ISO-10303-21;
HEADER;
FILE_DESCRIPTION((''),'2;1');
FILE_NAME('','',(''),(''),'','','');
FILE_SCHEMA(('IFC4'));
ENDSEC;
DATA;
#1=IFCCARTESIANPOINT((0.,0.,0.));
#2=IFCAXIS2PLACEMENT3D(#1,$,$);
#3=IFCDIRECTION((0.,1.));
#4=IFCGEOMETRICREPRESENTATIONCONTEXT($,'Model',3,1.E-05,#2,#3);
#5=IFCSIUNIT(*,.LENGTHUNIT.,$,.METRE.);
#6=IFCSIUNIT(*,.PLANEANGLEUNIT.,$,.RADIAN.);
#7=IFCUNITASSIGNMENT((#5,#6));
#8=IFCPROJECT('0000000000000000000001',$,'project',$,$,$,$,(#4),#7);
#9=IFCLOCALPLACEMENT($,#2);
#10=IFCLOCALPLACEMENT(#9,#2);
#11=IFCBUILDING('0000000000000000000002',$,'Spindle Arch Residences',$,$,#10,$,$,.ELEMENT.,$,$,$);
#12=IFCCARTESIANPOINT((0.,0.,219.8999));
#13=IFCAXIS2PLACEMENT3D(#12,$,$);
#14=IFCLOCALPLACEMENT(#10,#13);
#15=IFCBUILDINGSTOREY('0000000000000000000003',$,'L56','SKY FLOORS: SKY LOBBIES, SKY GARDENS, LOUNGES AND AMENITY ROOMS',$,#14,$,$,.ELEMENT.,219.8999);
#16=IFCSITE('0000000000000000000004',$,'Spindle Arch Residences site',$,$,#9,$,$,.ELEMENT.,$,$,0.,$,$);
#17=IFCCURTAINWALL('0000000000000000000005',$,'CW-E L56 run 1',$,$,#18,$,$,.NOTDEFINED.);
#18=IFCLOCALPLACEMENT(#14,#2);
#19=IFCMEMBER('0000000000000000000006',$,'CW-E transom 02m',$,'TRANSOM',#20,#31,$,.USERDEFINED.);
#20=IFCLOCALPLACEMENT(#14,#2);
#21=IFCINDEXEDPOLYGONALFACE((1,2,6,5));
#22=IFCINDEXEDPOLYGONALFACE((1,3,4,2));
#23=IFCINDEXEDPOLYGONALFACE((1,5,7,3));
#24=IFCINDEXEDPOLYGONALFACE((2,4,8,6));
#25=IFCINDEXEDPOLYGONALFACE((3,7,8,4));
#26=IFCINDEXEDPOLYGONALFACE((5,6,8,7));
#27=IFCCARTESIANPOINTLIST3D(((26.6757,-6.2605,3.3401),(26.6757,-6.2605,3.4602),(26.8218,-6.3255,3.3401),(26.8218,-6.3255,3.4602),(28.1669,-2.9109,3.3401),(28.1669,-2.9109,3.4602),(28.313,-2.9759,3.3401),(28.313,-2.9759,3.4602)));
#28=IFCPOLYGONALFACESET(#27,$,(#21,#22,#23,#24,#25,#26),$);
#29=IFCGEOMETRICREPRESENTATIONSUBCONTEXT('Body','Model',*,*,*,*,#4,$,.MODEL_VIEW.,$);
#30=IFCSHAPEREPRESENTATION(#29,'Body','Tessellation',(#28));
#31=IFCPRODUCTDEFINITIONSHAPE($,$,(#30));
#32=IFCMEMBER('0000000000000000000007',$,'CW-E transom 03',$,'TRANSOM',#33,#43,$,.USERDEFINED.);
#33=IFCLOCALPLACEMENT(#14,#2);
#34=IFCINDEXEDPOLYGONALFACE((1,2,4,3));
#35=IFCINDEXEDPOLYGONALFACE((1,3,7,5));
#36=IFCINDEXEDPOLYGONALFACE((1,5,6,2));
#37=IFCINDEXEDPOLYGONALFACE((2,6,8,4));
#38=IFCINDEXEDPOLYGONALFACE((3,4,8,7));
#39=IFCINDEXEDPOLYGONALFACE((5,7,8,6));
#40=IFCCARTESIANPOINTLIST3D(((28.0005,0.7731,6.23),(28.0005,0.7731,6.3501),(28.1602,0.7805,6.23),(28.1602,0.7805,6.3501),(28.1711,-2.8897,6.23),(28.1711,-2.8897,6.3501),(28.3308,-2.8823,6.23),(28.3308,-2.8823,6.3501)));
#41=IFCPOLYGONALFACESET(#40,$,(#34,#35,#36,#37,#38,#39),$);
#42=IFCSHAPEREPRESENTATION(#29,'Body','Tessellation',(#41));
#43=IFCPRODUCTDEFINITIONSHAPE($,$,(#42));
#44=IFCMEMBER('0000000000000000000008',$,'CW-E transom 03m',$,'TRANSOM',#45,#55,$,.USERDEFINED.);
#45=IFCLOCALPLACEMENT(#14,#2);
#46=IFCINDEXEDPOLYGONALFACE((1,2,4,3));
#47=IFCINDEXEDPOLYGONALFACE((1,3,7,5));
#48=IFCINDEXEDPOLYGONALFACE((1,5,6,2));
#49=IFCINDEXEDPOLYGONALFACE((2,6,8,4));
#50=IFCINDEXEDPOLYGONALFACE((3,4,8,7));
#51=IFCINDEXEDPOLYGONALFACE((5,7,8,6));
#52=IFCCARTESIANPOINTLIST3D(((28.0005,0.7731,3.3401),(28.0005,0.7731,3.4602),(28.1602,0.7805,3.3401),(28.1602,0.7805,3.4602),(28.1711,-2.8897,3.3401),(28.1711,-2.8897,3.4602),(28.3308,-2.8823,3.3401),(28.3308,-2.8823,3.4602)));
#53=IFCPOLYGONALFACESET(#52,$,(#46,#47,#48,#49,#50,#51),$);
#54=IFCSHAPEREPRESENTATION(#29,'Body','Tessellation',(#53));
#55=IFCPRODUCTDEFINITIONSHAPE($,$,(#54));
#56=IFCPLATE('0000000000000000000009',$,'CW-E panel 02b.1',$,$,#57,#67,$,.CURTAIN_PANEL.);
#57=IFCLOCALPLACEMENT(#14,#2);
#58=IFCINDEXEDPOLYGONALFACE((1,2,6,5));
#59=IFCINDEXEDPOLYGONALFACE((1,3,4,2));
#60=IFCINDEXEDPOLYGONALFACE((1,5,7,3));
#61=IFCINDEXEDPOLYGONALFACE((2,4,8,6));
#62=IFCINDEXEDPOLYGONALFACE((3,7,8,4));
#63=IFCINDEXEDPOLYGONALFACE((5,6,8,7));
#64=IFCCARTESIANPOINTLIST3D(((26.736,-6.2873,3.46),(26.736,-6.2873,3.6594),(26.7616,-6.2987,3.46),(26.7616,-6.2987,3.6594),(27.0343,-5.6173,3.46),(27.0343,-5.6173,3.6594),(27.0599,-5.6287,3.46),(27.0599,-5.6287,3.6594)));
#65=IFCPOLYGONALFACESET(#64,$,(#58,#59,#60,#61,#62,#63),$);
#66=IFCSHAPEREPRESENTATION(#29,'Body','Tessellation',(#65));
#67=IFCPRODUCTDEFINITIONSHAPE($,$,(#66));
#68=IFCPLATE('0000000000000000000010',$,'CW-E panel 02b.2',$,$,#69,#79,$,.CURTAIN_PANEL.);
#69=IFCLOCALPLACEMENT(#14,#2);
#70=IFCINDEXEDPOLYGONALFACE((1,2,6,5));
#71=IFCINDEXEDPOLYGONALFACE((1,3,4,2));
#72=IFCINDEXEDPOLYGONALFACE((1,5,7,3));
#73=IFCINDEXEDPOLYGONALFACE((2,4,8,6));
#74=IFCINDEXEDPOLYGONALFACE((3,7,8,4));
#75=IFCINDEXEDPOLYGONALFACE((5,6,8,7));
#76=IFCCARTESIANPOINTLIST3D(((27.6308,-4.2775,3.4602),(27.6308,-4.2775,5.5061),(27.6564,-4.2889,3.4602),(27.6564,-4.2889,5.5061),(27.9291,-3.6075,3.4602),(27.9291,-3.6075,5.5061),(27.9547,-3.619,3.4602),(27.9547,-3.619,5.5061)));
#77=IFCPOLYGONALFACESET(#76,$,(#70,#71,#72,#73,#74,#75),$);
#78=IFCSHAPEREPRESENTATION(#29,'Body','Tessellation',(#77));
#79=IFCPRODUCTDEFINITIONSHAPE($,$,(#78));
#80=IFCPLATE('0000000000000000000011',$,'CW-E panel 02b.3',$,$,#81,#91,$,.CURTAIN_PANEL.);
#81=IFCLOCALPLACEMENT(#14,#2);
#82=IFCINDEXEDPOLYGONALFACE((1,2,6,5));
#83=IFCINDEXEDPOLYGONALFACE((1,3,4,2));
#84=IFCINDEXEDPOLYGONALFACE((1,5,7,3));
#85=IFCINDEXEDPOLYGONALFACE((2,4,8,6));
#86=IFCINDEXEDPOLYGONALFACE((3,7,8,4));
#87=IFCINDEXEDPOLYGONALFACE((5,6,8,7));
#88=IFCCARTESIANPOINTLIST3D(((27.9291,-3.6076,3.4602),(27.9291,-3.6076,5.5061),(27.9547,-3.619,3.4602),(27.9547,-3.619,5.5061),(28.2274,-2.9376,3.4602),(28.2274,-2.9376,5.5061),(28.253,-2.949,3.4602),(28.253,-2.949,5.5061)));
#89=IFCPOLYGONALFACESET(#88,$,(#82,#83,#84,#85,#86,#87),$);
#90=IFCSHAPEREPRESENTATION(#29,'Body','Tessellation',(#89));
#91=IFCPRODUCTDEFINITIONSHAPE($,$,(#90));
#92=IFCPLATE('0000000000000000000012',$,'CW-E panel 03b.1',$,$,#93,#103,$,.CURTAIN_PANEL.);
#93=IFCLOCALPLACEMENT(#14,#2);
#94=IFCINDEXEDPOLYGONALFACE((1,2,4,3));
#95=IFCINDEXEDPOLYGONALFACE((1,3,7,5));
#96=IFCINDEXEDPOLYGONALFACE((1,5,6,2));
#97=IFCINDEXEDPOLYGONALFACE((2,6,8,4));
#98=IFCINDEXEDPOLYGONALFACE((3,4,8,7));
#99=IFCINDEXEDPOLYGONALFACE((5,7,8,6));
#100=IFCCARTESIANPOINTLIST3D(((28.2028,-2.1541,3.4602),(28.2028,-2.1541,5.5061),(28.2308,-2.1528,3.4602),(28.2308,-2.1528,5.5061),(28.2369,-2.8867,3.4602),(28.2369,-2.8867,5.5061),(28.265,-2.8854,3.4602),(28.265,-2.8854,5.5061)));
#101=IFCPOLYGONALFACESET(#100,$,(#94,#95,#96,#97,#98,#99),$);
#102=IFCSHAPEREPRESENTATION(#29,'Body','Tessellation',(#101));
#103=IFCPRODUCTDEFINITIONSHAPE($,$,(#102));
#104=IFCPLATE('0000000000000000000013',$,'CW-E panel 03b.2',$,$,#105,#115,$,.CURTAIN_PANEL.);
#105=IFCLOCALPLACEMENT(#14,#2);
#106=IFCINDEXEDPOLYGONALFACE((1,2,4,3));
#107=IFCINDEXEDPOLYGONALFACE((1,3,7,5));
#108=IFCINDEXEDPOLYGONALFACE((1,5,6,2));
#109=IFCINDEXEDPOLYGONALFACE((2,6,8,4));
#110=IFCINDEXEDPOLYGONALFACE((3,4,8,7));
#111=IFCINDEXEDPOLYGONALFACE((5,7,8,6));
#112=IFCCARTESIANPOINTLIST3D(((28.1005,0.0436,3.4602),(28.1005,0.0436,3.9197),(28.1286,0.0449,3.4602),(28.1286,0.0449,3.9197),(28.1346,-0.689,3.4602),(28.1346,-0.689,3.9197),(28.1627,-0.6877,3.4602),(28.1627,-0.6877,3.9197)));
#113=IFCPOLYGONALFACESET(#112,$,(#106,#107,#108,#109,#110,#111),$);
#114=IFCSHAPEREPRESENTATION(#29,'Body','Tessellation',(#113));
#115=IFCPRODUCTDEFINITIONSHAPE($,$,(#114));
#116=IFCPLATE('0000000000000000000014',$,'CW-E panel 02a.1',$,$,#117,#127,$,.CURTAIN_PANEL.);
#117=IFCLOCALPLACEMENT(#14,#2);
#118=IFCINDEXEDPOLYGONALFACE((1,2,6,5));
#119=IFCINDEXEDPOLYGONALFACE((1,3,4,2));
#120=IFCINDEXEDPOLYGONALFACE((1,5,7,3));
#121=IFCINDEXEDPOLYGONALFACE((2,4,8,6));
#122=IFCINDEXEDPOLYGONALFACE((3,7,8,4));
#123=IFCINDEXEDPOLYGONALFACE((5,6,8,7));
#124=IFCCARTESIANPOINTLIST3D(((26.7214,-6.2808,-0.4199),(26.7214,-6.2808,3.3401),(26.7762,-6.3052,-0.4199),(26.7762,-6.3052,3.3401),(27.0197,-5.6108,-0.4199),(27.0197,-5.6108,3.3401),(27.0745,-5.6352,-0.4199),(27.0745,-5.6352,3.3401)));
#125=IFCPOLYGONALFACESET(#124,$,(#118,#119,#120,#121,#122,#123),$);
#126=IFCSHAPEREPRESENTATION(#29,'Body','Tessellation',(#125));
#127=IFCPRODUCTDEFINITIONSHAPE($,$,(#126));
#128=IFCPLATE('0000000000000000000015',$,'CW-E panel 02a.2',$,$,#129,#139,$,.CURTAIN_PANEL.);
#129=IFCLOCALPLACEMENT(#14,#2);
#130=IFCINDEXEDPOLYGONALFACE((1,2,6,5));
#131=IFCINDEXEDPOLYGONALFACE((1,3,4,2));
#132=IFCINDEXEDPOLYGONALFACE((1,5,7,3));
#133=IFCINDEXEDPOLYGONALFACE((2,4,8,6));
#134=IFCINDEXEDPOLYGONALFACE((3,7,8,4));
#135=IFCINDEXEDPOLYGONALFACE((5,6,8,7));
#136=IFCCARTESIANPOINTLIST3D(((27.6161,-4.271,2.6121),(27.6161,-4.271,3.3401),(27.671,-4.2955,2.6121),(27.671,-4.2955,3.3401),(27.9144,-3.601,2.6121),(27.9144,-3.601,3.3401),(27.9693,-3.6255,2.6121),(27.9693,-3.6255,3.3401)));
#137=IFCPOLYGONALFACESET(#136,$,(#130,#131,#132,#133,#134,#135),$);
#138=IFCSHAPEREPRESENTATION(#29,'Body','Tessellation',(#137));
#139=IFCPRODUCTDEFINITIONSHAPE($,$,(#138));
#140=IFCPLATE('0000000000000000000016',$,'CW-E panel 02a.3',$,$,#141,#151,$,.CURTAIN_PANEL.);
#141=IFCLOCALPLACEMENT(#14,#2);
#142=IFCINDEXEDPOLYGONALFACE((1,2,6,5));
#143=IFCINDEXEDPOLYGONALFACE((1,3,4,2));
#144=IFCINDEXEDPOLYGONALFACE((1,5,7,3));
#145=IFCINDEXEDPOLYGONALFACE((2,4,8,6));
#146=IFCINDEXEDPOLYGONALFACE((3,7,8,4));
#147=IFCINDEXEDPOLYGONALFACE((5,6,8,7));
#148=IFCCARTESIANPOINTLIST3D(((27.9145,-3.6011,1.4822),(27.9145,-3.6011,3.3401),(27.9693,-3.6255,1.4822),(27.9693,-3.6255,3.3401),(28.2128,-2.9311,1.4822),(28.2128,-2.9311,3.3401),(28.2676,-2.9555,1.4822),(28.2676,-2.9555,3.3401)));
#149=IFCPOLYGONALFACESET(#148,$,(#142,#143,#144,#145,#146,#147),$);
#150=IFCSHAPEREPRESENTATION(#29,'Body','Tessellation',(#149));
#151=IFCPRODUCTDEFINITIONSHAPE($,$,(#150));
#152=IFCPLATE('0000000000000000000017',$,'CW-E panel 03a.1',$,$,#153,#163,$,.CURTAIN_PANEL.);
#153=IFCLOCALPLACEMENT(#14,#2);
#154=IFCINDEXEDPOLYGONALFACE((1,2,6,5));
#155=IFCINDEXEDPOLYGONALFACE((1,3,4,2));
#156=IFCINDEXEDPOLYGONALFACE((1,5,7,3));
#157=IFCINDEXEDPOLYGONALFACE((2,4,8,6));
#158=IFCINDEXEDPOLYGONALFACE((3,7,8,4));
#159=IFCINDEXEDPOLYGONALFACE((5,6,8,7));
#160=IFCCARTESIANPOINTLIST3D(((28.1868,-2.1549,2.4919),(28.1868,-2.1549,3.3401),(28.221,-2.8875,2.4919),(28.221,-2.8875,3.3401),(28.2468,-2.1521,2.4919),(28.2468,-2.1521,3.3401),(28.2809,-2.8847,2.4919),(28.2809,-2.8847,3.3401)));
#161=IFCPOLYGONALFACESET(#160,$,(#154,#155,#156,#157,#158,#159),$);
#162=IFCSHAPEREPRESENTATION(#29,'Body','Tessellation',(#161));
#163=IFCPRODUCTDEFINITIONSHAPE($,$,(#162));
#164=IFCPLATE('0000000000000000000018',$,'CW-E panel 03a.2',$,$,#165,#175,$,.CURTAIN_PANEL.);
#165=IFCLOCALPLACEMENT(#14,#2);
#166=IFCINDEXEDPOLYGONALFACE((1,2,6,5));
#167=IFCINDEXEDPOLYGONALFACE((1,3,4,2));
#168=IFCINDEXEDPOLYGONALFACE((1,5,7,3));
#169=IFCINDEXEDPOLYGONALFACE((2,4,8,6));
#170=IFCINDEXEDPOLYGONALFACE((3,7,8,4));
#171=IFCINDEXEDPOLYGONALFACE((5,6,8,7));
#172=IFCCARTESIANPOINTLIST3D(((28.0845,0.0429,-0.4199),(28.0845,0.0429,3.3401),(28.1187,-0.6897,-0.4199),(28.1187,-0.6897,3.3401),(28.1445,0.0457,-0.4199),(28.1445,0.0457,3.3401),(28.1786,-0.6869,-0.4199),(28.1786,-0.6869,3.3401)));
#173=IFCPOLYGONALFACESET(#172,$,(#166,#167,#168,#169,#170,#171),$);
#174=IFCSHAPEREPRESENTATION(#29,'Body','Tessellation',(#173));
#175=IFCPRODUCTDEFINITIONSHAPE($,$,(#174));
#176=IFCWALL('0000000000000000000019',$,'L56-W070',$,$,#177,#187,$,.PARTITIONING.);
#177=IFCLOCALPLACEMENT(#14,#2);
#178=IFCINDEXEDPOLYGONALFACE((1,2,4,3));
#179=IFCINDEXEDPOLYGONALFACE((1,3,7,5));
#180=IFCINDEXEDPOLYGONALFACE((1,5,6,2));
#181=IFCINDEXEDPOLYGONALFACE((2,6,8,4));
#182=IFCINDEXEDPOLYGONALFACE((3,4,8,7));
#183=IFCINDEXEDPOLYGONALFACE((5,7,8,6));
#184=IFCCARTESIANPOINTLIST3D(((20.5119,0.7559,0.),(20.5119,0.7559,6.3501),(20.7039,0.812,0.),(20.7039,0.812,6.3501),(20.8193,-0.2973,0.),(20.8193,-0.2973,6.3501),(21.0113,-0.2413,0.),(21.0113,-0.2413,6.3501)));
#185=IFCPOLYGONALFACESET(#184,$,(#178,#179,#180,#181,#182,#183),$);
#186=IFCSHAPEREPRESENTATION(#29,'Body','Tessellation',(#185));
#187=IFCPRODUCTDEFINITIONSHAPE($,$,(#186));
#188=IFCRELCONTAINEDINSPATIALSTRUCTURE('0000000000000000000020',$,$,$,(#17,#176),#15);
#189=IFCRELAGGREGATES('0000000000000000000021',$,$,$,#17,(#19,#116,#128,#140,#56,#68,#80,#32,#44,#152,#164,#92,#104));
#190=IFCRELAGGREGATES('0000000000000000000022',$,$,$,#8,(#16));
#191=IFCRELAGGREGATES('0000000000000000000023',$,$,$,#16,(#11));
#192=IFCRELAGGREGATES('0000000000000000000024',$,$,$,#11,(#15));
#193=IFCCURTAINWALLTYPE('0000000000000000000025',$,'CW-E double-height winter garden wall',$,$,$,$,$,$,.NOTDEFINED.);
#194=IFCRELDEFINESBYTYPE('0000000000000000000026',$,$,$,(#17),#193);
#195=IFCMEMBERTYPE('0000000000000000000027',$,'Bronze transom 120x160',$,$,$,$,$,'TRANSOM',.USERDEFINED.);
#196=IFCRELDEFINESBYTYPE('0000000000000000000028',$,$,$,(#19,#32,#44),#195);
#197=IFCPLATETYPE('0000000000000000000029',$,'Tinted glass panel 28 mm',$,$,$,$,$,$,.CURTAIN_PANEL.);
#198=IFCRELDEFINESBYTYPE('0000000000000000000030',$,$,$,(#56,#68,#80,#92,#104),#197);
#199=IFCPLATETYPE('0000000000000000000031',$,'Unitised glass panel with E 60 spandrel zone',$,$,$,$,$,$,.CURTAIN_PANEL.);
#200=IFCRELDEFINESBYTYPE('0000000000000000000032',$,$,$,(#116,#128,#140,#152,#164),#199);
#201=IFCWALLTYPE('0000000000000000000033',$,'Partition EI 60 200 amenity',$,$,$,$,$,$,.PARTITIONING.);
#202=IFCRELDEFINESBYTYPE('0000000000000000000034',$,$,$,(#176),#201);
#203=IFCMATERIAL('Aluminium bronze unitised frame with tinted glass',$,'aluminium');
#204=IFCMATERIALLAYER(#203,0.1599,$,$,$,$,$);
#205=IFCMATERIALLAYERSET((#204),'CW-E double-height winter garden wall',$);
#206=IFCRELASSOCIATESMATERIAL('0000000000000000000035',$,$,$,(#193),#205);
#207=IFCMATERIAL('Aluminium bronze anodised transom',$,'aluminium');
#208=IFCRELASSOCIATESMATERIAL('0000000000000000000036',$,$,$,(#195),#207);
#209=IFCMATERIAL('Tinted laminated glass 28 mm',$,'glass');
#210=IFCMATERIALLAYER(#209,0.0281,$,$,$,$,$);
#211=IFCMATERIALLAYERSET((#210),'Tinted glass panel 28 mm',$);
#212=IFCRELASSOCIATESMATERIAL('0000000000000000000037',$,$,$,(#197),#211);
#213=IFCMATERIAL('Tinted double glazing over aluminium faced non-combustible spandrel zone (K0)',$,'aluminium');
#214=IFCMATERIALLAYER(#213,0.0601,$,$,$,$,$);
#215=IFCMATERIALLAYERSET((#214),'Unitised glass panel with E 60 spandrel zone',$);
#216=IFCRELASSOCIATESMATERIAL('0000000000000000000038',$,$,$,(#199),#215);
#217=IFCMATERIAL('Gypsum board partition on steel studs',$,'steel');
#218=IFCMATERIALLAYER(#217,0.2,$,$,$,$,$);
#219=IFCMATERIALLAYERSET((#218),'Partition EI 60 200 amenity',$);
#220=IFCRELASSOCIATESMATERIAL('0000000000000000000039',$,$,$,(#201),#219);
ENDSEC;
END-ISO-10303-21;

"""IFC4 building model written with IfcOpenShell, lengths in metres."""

from ifc_helpers import new_model, si_unit, direction, frame, frame_2d, origin, origin_2d, place, context, subcontext, project, spatial, rectangle, extrude, material, layer, layer_set, material_profile, profile_set, type_object, element, aggregate, save


model = new_model("IFC4")

# Units and contexts
model_context = context("Model", 3, precision=1e-05, world=origin(), true_north=direction((0.0, 1.0)))
body_context = subcontext(model_context, "Body", "Model", "MODEL_VIEW")
ifc_project = project(units=[si_unit("LENGTHUNIT", "METRE"), si_unit("PLANEANGLEUNIT", "RADIAN")], contexts=[model_context])

# Site, building, storey
site_placement = place(None, origin())
site = spatial("IfcSite", under=ifc_project, at=site_placement, Name="Spindle Arch Residences site", CompositionType="ELEMENT", RefElevation=0.0)
building_placement = place(site_placement, origin())
building = spatial("IfcBuilding", under=site, at=building_placement, Name="Spindle Arch Residences", CompositionType="ELEMENT")
storey_placement = place(building_placement, frame((0.0, 0.0, 219.8999)))
storey = spatial("IfcBuildingStorey", under=building, at=storey_placement, Name="L56", Description="SKY FLOORS: SKY LOBBIES, SKY GARDENS, LOUNGES AND AMENITY ROOMS", CompositionType="ELEMENT", Elevation=219.8999)

# Curtain wall, members, plates
ifc_material_1 = material(Name="Aluminium bronze unitised frame with tinted glass", Category="aluminium")
ifc_layer_1 = layer(ifc_material_1, 0.1599)
ifc_layer_set_1 = layer_set([ifc_layer_1], Name="CW-E double-height winter garden wall")
curtain_wall_type = type_object("IfcCurtainWallType", Name="CW-E double-height winter garden wall", PredefinedType="NOTDEFINED", material=ifc_layer_set_1)
curtain_wall_placement = place(storey_placement, origin())
curtain_wall = element("IfcCurtainWall", 1, at=curtain_wall_placement, inside=storey, type_object=curtain_wall_type, Name="CW-E L56 run 1", PredefinedType="NOTDEFINED")
ifc_material_2 = material(Name="Aluminium bronze anodised transom", Category="aluminium")
ifc_material_profile_1 = material_profile(ifc_material_2, rectangle(XDim=0.1599, YDim=0.1201, at=origin_2d()), Name="TR 120x160")
ifc_profile_set_1 = profile_set([ifc_material_profile_1], Name="Aluminium bronze anodised transom")
member_type_1 = type_object("IfcMemberType", Name="Bronze transom 120x160", ElementType="TRANSOM", PredefinedType="USERDEFINED", material=ifc_profile_set_1)
member_1_placement = place(storey_placement, frame((26.7488, -6.293, 3.4001), z_axis=(0.406707, 0.913559, 0.0), x_axis=(-0.913559, 0.406707, 0.0)))
member_1 = element("IfcMember", 2, at=member_1_placement, type_object=member_type_1, Name="CW-E transom 02m", ObjectType="TRANSOM", PredefinedType="USERDEFINED", context=body_context, shape_type="SweptSolid", body=[
    extrude(rectangle(XDim=0.1599, YDim=0.1201, at=origin_2d()), origin(), (0.0, 0.0, 1.0), 3.6665),
])
member_2_placement = place(storey_placement, frame((28.251, -2.886, 6.29), z_axis=(-0.04654, 0.998916, 0.0), x_axis=(-0.998916, -0.04654, 0.0)))
member_2 = element("IfcMember", 3, at=member_2_placement, type_object=member_type_1, Name="CW-E transom 03", ObjectType="TRANSOM", PredefinedType="USERDEFINED", context=body_context, shape_type="SweptSolid", body=[
    extrude(rectangle(XDim=0.1599, YDim=0.1201, at=origin_2d()), origin(), (0.0, 0.0, 1.0), 3.6667),
])
member_3_placement = place(storey_placement, frame((28.251, -2.886, 3.4001), z_axis=(-0.04654, 0.998916, 0.0), x_axis=(-0.998916, -0.04654, 0.0)))
member_3 = element("IfcMember", 4, at=member_3_placement, type_object=member_type_1, Name="CW-E transom 03m", ObjectType="TRANSOM", PredefinedType="USERDEFINED", context=body_context, shape_type="SweptSolid", body=[
    extrude(rectangle(XDim=0.1599, YDim=0.1201, at=origin_2d()), origin(), (0.0, 0.0, 1.0), 3.6667),
])
ifc_material_3 = material(Name="Tinted laminated glass 28 mm", Category="glass")
ifc_layer_2 = layer(ifc_material_3, 0.0281)
ifc_layer_set_2 = layer_set([ifc_layer_2], Name="Tinted glass panel 28 mm")
plate_type_1 = type_object("IfcPlateType", Name="Tinted glass panel 28 mm", PredefinedType="CURTAIN_PANEL", material=ifc_layer_set_2)
plate_1_placement = place(storey_placement, frame((26.8979, -5.958, 3.46), z_axis=(0.0, 0.0, 1.0), x_axis=(0.406737, 0.913545, 0.0)))
plate_1 = element("IfcPlate", 5, at=plate_1_placement, type_object=plate_type_1, Name="CW-E panel 02b.1", PredefinedType="CURTAIN_PANEL", context=body_context, shape_type="SweptSolid", body=[
    extrude(rectangle(XDim=0.7334, YDim=0.0281, at=origin_2d()), origin(), (0.0, 0.0, 1.0), 0.1995),
])
plate_2_placement = place(storey_placement, frame((27.7927, -3.9482, 3.4602), z_axis=(0.0, 0.0, 1.0), x_axis=(0.406737, 0.913545, 0.0)))
plate_2 = element("IfcPlate", 6, at=plate_2_placement, type_object=plate_type_1, Name="CW-E panel 02b.2", PredefinedType="CURTAIN_PANEL", context=body_context, shape_type="SweptSolid", body=[
    extrude(rectangle(XDim=0.7334, YDim=0.0281, at=origin_2d()), origin(), (0.0, 0.0, 1.0), 2.0459),
])
plate_3_placement = place(storey_placement, frame((28.0911, -3.2783, 3.4602), z_axis=(0.0, 0.0, 1.0), x_axis=(0.406737, 0.913545, 0.0)))
plate_3 = element("IfcPlate", 7, at=plate_3_placement, type_object=plate_type_1, Name="CW-E panel 02b.3", PredefinedType="CURTAIN_PANEL", context=body_context, shape_type="SweptSolid", body=[
    extrude(rectangle(XDim=0.7334, YDim=0.0281, at=origin_2d()), origin(), (0.0, 0.0, 1.0), 2.0459),
])
plate_4_placement = place(storey_placement, frame((28.2339, -2.5198, 3.4602), z_axis=(0.0, 0.0, 1.0), x_axis=(-0.046525, 0.998917, 0.0)))
plate_4 = element("IfcPlate", 8, at=plate_4_placement, type_object=plate_type_1, Name="CW-E panel 03b.1", PredefinedType="CURTAIN_PANEL", context=body_context, shape_type="SweptSolid", body=[
    extrude(rectangle(XDim=0.7334, YDim=0.0281, at=origin_2d()), origin(), (0.0, 0.0, 1.0), 2.0459),
])
plate_5_placement = place(storey_placement, frame((28.1316, -0.322, 3.4602), z_axis=(0.0, 0.0, 1.0), x_axis=(-0.046525, 0.998917, 0.0)))
plate_5 = element("IfcPlate", 9, at=plate_5_placement, type_object=plate_type_1, Name="CW-E panel 03b.2", PredefinedType="CURTAIN_PANEL", context=body_context, shape_type="SweptSolid", body=[
    extrude(rectangle(XDim=0.7334, YDim=0.0281, at=origin_2d()), origin(), (0.0, 0.0, 1.0), 0.4595),
])
ifc_material_4 = material(Name="Tinted double glazing over aluminium faced non-combustible spandrel zone (K0)", Category="aluminium")
ifc_layer_3 = layer(ifc_material_4, 0.0601)
ifc_layer_set_3 = layer_set([ifc_layer_3], Name="Unitised glass panel with E 60 spandrel zone")
plate_type_2 = type_object("IfcPlateType", Name="Unitised glass panel with E 60 spandrel zone", PredefinedType="CURTAIN_PANEL", material=ifc_layer_set_3)
plate_6_placement = place(storey_placement, frame((26.8979, -5.958, -0.4199), z_axis=(0.0, 0.0, 1.0), x_axis=(0.406737, 0.913545, 0.0)))
plate_6 = element("IfcPlate", 10, at=plate_6_placement, type_object=plate_type_2, Name="CW-E panel 02a.1", PredefinedType="CURTAIN_PANEL", context=body_context, shape_type="SweptSolid", body=[
    extrude(rectangle(XDim=0.7334, YDim=0.0601, at=origin_2d()), origin(), (0.0, 0.0, 1.0), 3.76),
])
plate_7_placement = place(storey_placement, frame((27.7927, -3.9482, 2.6121), z_axis=(0.0, 0.0, 1.0), x_axis=(0.406737, 0.913545, 0.0)))
plate_7 = element("IfcPlate", 11, at=plate_7_placement, type_object=plate_type_2, Name="CW-E panel 02a.2", PredefinedType="CURTAIN_PANEL", context=body_context, shape_type="SweptSolid", body=[
    extrude(rectangle(XDim=0.7334, YDim=0.0601, at=origin_2d()), origin(), (0.0, 0.0, 1.0), 0.728),
])
plate_8_placement = place(storey_placement, frame((28.0911, -3.2783, 1.4822), z_axis=(0.0, 0.0, 1.0), x_axis=(0.406737, 0.913545, 0.0)))
plate_8 = element("IfcPlate", 12, at=plate_8_placement, type_object=plate_type_2, Name="CW-E panel 02a.3", PredefinedType="CURTAIN_PANEL", context=body_context, shape_type="SweptSolid", body=[
    extrude(rectangle(XDim=0.7334, YDim=0.0601, at=origin_2d()), origin(), (0.0, 0.0, 1.0), 1.8579),
])
plate_9_placement = place(storey_placement, frame((28.2339, -2.5198, 2.4919), z_axis=(0.0, 0.0, 1.0), x_axis=(-0.046525, 0.998917, 0.0)))
plate_9 = element("IfcPlate", 13, at=plate_9_placement, type_object=plate_type_2, Name="CW-E panel 03a.1", PredefinedType="CURTAIN_PANEL", context=body_context, shape_type="SweptSolid", body=[
    extrude(rectangle(XDim=0.7334, YDim=0.0601, at=origin_2d()), origin(), (0.0, 0.0, 1.0), 0.8481),
])
plate_10_placement = place(storey_placement, frame((28.1316, -0.322, -0.4199), z_axis=(0.0, 0.0, 1.0), x_axis=(-0.046525, 0.998917, 0.0)))
plate_10 = element("IfcPlate", 14, at=plate_10_placement, type_object=plate_type_2, Name="CW-E panel 03a.2", PredefinedType="CURTAIN_PANEL", context=body_context, shape_type="SweptSolid", body=[
    extrude(rectangle(XDim=0.7334, YDim=0.0601, at=origin_2d()), origin(), (0.0, 0.0, 1.0), 3.76),
])
aggregate(curtain_wall, [member_1, plate_6, plate_7, plate_8, plate_1, plate_2, plate_3, member_2, member_3, plate_9, plate_10, plate_4, plate_5])

# Wall
ifc_material_5 = material(Name="Gypsum board partition on steel studs", Category="steel")
ifc_layer_4 = layer(ifc_material_5, 0.2)
ifc_layer_set_4 = layer_set([ifc_layer_4], Name="Partition EI 60 200 amenity")
wall_type = type_object("IfcWallType", Name="Partition EI 60 200 amenity", PredefinedType="PARTITIONING", material=ifc_layer_set_4)
wall_1_placement = place(storey_placement, frame((20.9153, -0.2693, 0.0), z_axis=(0.0, 0.0, 1.0), x_axis=(-0.280154, 0.959955, 0.0)))
element("IfcWall", 15, at=wall_1_placement, inside=storey, type_object=wall_type, Name="L56-W070", PredefinedType="PARTITIONING", context=body_context, shape_type="SweptSolid", body=[
    extrude(rectangle(XDim=1.0972, YDim=0.2, at=frame_2d((0.5486, 0.0))), origin(), (0.0, 0.0, 1.0), 6.3501),
])

save(model, "model.ifc")
